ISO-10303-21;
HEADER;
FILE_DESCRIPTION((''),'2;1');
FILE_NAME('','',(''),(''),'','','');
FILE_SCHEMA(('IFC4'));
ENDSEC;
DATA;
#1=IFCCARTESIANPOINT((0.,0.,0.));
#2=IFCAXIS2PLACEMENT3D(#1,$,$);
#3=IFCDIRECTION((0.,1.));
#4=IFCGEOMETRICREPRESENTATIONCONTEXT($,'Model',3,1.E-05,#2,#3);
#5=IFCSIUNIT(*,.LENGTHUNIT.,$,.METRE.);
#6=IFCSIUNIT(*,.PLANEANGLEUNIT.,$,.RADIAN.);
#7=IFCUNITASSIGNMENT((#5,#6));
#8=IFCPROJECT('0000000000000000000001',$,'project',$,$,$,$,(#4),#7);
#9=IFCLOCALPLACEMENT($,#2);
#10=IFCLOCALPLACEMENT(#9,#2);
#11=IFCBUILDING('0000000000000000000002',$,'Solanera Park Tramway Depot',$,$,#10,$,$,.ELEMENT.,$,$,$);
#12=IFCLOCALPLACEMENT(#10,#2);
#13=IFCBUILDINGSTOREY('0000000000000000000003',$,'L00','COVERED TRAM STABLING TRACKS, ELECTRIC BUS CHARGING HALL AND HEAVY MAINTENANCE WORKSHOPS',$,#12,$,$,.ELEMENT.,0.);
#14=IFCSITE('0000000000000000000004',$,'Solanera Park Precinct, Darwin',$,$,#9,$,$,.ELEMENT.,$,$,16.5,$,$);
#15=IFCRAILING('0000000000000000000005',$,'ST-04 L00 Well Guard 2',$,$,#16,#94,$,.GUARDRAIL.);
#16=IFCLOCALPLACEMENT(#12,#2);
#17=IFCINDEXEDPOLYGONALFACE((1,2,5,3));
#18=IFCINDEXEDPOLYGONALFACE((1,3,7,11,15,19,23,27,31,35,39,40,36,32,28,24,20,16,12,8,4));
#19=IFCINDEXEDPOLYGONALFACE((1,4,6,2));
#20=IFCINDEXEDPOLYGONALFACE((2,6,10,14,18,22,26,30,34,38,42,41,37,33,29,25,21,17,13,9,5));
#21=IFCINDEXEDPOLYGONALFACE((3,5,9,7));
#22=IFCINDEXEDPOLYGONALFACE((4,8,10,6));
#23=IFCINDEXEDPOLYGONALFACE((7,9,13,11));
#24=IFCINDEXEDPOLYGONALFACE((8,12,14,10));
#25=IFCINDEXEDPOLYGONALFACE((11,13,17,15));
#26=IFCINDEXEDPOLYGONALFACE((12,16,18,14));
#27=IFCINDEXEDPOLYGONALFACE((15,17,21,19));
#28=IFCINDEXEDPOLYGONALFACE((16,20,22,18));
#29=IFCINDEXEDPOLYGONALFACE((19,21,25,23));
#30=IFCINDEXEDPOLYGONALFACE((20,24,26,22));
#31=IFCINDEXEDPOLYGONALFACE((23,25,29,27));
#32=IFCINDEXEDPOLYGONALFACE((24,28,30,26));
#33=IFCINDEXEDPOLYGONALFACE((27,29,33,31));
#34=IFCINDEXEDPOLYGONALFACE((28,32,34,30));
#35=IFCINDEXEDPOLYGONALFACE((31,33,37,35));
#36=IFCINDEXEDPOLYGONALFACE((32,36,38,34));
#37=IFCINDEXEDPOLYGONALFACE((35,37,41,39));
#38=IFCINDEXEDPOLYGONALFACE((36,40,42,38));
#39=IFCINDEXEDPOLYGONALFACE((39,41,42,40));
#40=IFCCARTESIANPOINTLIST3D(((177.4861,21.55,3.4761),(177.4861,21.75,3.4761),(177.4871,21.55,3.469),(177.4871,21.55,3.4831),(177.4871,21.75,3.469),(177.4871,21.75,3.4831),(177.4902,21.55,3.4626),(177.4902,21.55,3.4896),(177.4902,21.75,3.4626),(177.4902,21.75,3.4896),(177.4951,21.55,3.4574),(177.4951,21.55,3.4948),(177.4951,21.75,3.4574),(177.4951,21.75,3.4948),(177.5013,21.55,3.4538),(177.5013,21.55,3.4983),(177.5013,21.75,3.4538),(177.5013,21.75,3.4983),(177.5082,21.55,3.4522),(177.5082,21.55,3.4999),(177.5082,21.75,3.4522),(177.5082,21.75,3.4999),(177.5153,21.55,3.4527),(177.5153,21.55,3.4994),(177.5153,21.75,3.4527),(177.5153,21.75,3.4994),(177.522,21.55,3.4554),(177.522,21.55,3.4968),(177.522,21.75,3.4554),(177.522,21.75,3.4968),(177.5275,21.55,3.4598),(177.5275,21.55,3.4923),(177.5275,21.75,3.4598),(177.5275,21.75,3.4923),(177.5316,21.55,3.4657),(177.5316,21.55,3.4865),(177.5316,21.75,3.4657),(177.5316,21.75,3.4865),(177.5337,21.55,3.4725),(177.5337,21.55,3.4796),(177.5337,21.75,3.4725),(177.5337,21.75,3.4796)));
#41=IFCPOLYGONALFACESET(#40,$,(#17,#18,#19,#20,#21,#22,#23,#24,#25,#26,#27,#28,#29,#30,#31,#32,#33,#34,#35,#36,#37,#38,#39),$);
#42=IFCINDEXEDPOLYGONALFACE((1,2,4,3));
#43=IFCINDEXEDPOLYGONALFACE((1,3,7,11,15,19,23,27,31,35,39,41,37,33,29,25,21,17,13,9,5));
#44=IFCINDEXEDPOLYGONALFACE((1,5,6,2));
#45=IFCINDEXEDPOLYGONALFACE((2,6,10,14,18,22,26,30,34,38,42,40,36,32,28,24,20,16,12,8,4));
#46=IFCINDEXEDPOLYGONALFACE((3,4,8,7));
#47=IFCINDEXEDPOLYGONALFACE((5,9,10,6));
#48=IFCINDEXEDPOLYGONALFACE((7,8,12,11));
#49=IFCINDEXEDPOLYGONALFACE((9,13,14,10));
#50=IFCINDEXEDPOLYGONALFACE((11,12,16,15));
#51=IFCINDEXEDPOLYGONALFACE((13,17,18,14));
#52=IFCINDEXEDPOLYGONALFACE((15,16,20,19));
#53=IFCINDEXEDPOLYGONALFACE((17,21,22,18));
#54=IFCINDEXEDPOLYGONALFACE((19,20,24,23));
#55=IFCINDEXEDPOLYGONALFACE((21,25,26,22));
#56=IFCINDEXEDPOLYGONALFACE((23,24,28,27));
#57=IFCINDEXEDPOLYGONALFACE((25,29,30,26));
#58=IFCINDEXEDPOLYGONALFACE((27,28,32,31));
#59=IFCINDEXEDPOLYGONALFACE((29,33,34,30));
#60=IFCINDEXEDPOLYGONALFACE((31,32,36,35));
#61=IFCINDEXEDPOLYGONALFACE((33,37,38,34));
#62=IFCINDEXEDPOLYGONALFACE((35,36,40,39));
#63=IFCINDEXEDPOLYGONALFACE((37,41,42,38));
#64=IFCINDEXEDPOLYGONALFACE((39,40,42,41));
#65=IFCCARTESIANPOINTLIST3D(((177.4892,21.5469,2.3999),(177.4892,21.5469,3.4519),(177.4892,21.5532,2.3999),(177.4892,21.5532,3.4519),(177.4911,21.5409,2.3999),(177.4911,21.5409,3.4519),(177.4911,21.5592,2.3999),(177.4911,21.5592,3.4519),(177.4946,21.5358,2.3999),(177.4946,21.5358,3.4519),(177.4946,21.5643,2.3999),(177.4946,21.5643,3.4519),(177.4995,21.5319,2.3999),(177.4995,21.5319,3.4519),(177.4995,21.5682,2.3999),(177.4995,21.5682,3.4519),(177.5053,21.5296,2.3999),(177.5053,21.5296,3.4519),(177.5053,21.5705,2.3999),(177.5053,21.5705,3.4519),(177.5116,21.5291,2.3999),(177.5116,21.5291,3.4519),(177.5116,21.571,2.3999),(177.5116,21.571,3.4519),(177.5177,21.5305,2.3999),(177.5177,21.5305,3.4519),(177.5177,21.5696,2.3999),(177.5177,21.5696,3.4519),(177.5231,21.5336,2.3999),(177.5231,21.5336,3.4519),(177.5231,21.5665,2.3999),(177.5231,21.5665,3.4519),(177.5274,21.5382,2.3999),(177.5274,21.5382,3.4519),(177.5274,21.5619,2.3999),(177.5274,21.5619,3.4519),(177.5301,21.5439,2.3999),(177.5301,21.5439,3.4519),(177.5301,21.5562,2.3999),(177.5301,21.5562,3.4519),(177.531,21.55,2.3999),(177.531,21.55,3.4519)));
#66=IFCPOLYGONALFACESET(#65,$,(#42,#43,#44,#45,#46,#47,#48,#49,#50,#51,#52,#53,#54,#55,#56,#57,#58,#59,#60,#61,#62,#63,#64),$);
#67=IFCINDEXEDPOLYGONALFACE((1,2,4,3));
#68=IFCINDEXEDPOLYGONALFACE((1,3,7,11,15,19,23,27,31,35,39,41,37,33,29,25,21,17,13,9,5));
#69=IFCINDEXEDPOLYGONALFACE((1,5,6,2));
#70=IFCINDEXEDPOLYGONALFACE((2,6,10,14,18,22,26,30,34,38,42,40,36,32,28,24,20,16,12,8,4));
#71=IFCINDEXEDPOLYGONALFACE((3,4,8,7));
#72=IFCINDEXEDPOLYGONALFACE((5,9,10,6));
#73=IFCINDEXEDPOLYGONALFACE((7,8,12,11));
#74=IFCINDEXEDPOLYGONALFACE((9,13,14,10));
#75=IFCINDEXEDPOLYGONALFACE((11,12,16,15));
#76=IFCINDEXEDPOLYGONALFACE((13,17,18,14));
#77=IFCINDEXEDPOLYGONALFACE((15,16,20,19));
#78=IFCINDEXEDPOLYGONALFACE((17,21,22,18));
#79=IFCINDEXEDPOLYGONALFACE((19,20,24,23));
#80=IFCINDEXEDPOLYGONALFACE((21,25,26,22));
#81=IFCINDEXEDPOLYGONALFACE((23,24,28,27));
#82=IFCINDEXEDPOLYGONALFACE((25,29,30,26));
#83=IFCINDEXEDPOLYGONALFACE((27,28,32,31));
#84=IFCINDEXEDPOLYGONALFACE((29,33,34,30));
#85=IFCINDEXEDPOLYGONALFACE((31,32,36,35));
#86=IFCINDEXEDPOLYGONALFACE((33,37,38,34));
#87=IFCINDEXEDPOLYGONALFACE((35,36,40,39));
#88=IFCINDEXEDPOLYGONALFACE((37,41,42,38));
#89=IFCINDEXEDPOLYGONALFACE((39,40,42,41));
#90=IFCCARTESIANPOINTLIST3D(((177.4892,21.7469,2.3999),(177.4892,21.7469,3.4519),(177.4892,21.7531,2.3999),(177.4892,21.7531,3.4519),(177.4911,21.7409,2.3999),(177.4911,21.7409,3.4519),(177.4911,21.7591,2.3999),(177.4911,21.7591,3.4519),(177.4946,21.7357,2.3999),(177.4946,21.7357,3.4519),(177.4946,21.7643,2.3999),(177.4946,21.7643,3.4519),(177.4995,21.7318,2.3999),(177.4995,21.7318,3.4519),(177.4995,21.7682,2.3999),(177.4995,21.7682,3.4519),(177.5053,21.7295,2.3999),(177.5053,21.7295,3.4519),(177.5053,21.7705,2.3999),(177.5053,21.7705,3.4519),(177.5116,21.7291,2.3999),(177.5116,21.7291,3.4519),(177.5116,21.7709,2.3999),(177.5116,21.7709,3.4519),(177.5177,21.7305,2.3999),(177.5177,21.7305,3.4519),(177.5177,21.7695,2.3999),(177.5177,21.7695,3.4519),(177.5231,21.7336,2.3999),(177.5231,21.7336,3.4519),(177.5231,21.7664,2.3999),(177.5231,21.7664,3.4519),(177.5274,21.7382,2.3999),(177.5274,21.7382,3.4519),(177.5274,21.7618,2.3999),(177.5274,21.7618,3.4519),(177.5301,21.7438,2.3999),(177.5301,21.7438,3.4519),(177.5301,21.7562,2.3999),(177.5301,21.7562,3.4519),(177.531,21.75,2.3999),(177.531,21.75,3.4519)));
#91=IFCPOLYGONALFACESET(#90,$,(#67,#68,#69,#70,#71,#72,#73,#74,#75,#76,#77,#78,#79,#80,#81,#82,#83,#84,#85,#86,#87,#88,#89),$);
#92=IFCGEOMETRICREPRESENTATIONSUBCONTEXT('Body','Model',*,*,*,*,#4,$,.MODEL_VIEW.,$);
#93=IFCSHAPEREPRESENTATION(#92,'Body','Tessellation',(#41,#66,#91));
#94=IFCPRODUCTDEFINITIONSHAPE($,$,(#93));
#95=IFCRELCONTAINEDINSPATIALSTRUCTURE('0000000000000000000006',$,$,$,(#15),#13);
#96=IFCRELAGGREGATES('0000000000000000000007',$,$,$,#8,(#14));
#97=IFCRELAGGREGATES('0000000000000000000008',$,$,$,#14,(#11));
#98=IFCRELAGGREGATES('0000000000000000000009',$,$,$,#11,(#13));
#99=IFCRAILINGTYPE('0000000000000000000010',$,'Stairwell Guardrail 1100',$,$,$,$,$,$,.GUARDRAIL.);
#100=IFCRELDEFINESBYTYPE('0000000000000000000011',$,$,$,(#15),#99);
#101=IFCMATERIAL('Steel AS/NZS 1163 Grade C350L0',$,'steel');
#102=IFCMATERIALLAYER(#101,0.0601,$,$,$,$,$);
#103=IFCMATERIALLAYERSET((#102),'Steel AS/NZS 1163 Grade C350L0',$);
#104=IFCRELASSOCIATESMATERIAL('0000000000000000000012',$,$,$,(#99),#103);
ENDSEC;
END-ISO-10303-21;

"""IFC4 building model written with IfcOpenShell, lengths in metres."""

from ifc_helpers import new_model, si_unit, direction, frame, origin, origin_2d, place, context, subcontext, project, spatial, circle, extrude, material, layer, layer_set, type_object, element, save


model = new_model("IFC4")

# Units and contexts
model_context = context("Model", 3, precision=1e-05, world=origin(), true_north=direction((0.0, 1.0)))
body_context = subcontext(model_context, "Body", "Model", "MODEL_VIEW")
ifc_project = project(units=[si_unit("LENGTHUNIT", "METRE"), si_unit("PLANEANGLEUNIT", "RADIAN")], contexts=[model_context])

# Site, building, storey
site_placement = place(None, origin())
site = spatial("IfcSite", under=ifc_project, at=site_placement, Name="Solanera Park Precinct, Darwin", CompositionType="ELEMENT", RefElevation=16.5)
building_placement = place(site_placement, origin())
building = spatial("IfcBuilding", under=site, at=building_placement, Name="Solanera Park Tramway Depot", CompositionType="ELEMENT")
storey_placement = place(building_placement, origin())
storey = spatial("IfcBuildingStorey", under=building, at=storey_placement, Name="L00", Description="COVERED TRAM STABLING TRACKS, ELECTRIC BUS CHARGING HALL AND HEAVY MAINTENANCE WORKSHOPS", CompositionType="ELEMENT", Elevation=0.0)

# Railing
ifc_material_1 = material(Name="Steel AS/NZS 1163 Grade C350L0", Category="steel")
ifc_layer_1 = layer(ifc_material_1, 0.0601)
ifc_layer_set_1 = layer_set([ifc_layer_1], Name="Steel AS/NZS 1163 Grade C350L0")
railing_type_1 = type_object("IfcRailingType", Name="Stairwell Guardrail 1100", PredefinedType="GUARDRAIL", material=ifc_layer_set_1)
railing_1_placement = place(storey_placement, frame((177.51, 21.55, 2.3999)))
element("IfcRailing", 1, at=railing_1_placement, inside=storey, type_object=railing_type_1, Name="ST-04 L00 Well Guard 2", PredefinedType="GUARDRAIL", context=body_context, shape_type="SweptSolid", body=[
    extrude(circle(Radius=0.0239, at=origin_2d()), frame((0.0, 0.0, 1.0762), z_axis=(0.0, 1.0, 0.0), x_axis=(-1.0, 0.0, 0.0)), (0.0, 0.0, 1.0), 0.2),
    extrude(circle(Radius=0.021, at=origin_2d()), origin(), (0.0, 0.0, 1.0), 1.052),
    extrude(circle(Radius=0.021, at=origin_2d()), frame((0.0, 0.2, 0.0)), (0.0, 0.0, 1.0), 1.052),
])

save(model, "model.ifc")
